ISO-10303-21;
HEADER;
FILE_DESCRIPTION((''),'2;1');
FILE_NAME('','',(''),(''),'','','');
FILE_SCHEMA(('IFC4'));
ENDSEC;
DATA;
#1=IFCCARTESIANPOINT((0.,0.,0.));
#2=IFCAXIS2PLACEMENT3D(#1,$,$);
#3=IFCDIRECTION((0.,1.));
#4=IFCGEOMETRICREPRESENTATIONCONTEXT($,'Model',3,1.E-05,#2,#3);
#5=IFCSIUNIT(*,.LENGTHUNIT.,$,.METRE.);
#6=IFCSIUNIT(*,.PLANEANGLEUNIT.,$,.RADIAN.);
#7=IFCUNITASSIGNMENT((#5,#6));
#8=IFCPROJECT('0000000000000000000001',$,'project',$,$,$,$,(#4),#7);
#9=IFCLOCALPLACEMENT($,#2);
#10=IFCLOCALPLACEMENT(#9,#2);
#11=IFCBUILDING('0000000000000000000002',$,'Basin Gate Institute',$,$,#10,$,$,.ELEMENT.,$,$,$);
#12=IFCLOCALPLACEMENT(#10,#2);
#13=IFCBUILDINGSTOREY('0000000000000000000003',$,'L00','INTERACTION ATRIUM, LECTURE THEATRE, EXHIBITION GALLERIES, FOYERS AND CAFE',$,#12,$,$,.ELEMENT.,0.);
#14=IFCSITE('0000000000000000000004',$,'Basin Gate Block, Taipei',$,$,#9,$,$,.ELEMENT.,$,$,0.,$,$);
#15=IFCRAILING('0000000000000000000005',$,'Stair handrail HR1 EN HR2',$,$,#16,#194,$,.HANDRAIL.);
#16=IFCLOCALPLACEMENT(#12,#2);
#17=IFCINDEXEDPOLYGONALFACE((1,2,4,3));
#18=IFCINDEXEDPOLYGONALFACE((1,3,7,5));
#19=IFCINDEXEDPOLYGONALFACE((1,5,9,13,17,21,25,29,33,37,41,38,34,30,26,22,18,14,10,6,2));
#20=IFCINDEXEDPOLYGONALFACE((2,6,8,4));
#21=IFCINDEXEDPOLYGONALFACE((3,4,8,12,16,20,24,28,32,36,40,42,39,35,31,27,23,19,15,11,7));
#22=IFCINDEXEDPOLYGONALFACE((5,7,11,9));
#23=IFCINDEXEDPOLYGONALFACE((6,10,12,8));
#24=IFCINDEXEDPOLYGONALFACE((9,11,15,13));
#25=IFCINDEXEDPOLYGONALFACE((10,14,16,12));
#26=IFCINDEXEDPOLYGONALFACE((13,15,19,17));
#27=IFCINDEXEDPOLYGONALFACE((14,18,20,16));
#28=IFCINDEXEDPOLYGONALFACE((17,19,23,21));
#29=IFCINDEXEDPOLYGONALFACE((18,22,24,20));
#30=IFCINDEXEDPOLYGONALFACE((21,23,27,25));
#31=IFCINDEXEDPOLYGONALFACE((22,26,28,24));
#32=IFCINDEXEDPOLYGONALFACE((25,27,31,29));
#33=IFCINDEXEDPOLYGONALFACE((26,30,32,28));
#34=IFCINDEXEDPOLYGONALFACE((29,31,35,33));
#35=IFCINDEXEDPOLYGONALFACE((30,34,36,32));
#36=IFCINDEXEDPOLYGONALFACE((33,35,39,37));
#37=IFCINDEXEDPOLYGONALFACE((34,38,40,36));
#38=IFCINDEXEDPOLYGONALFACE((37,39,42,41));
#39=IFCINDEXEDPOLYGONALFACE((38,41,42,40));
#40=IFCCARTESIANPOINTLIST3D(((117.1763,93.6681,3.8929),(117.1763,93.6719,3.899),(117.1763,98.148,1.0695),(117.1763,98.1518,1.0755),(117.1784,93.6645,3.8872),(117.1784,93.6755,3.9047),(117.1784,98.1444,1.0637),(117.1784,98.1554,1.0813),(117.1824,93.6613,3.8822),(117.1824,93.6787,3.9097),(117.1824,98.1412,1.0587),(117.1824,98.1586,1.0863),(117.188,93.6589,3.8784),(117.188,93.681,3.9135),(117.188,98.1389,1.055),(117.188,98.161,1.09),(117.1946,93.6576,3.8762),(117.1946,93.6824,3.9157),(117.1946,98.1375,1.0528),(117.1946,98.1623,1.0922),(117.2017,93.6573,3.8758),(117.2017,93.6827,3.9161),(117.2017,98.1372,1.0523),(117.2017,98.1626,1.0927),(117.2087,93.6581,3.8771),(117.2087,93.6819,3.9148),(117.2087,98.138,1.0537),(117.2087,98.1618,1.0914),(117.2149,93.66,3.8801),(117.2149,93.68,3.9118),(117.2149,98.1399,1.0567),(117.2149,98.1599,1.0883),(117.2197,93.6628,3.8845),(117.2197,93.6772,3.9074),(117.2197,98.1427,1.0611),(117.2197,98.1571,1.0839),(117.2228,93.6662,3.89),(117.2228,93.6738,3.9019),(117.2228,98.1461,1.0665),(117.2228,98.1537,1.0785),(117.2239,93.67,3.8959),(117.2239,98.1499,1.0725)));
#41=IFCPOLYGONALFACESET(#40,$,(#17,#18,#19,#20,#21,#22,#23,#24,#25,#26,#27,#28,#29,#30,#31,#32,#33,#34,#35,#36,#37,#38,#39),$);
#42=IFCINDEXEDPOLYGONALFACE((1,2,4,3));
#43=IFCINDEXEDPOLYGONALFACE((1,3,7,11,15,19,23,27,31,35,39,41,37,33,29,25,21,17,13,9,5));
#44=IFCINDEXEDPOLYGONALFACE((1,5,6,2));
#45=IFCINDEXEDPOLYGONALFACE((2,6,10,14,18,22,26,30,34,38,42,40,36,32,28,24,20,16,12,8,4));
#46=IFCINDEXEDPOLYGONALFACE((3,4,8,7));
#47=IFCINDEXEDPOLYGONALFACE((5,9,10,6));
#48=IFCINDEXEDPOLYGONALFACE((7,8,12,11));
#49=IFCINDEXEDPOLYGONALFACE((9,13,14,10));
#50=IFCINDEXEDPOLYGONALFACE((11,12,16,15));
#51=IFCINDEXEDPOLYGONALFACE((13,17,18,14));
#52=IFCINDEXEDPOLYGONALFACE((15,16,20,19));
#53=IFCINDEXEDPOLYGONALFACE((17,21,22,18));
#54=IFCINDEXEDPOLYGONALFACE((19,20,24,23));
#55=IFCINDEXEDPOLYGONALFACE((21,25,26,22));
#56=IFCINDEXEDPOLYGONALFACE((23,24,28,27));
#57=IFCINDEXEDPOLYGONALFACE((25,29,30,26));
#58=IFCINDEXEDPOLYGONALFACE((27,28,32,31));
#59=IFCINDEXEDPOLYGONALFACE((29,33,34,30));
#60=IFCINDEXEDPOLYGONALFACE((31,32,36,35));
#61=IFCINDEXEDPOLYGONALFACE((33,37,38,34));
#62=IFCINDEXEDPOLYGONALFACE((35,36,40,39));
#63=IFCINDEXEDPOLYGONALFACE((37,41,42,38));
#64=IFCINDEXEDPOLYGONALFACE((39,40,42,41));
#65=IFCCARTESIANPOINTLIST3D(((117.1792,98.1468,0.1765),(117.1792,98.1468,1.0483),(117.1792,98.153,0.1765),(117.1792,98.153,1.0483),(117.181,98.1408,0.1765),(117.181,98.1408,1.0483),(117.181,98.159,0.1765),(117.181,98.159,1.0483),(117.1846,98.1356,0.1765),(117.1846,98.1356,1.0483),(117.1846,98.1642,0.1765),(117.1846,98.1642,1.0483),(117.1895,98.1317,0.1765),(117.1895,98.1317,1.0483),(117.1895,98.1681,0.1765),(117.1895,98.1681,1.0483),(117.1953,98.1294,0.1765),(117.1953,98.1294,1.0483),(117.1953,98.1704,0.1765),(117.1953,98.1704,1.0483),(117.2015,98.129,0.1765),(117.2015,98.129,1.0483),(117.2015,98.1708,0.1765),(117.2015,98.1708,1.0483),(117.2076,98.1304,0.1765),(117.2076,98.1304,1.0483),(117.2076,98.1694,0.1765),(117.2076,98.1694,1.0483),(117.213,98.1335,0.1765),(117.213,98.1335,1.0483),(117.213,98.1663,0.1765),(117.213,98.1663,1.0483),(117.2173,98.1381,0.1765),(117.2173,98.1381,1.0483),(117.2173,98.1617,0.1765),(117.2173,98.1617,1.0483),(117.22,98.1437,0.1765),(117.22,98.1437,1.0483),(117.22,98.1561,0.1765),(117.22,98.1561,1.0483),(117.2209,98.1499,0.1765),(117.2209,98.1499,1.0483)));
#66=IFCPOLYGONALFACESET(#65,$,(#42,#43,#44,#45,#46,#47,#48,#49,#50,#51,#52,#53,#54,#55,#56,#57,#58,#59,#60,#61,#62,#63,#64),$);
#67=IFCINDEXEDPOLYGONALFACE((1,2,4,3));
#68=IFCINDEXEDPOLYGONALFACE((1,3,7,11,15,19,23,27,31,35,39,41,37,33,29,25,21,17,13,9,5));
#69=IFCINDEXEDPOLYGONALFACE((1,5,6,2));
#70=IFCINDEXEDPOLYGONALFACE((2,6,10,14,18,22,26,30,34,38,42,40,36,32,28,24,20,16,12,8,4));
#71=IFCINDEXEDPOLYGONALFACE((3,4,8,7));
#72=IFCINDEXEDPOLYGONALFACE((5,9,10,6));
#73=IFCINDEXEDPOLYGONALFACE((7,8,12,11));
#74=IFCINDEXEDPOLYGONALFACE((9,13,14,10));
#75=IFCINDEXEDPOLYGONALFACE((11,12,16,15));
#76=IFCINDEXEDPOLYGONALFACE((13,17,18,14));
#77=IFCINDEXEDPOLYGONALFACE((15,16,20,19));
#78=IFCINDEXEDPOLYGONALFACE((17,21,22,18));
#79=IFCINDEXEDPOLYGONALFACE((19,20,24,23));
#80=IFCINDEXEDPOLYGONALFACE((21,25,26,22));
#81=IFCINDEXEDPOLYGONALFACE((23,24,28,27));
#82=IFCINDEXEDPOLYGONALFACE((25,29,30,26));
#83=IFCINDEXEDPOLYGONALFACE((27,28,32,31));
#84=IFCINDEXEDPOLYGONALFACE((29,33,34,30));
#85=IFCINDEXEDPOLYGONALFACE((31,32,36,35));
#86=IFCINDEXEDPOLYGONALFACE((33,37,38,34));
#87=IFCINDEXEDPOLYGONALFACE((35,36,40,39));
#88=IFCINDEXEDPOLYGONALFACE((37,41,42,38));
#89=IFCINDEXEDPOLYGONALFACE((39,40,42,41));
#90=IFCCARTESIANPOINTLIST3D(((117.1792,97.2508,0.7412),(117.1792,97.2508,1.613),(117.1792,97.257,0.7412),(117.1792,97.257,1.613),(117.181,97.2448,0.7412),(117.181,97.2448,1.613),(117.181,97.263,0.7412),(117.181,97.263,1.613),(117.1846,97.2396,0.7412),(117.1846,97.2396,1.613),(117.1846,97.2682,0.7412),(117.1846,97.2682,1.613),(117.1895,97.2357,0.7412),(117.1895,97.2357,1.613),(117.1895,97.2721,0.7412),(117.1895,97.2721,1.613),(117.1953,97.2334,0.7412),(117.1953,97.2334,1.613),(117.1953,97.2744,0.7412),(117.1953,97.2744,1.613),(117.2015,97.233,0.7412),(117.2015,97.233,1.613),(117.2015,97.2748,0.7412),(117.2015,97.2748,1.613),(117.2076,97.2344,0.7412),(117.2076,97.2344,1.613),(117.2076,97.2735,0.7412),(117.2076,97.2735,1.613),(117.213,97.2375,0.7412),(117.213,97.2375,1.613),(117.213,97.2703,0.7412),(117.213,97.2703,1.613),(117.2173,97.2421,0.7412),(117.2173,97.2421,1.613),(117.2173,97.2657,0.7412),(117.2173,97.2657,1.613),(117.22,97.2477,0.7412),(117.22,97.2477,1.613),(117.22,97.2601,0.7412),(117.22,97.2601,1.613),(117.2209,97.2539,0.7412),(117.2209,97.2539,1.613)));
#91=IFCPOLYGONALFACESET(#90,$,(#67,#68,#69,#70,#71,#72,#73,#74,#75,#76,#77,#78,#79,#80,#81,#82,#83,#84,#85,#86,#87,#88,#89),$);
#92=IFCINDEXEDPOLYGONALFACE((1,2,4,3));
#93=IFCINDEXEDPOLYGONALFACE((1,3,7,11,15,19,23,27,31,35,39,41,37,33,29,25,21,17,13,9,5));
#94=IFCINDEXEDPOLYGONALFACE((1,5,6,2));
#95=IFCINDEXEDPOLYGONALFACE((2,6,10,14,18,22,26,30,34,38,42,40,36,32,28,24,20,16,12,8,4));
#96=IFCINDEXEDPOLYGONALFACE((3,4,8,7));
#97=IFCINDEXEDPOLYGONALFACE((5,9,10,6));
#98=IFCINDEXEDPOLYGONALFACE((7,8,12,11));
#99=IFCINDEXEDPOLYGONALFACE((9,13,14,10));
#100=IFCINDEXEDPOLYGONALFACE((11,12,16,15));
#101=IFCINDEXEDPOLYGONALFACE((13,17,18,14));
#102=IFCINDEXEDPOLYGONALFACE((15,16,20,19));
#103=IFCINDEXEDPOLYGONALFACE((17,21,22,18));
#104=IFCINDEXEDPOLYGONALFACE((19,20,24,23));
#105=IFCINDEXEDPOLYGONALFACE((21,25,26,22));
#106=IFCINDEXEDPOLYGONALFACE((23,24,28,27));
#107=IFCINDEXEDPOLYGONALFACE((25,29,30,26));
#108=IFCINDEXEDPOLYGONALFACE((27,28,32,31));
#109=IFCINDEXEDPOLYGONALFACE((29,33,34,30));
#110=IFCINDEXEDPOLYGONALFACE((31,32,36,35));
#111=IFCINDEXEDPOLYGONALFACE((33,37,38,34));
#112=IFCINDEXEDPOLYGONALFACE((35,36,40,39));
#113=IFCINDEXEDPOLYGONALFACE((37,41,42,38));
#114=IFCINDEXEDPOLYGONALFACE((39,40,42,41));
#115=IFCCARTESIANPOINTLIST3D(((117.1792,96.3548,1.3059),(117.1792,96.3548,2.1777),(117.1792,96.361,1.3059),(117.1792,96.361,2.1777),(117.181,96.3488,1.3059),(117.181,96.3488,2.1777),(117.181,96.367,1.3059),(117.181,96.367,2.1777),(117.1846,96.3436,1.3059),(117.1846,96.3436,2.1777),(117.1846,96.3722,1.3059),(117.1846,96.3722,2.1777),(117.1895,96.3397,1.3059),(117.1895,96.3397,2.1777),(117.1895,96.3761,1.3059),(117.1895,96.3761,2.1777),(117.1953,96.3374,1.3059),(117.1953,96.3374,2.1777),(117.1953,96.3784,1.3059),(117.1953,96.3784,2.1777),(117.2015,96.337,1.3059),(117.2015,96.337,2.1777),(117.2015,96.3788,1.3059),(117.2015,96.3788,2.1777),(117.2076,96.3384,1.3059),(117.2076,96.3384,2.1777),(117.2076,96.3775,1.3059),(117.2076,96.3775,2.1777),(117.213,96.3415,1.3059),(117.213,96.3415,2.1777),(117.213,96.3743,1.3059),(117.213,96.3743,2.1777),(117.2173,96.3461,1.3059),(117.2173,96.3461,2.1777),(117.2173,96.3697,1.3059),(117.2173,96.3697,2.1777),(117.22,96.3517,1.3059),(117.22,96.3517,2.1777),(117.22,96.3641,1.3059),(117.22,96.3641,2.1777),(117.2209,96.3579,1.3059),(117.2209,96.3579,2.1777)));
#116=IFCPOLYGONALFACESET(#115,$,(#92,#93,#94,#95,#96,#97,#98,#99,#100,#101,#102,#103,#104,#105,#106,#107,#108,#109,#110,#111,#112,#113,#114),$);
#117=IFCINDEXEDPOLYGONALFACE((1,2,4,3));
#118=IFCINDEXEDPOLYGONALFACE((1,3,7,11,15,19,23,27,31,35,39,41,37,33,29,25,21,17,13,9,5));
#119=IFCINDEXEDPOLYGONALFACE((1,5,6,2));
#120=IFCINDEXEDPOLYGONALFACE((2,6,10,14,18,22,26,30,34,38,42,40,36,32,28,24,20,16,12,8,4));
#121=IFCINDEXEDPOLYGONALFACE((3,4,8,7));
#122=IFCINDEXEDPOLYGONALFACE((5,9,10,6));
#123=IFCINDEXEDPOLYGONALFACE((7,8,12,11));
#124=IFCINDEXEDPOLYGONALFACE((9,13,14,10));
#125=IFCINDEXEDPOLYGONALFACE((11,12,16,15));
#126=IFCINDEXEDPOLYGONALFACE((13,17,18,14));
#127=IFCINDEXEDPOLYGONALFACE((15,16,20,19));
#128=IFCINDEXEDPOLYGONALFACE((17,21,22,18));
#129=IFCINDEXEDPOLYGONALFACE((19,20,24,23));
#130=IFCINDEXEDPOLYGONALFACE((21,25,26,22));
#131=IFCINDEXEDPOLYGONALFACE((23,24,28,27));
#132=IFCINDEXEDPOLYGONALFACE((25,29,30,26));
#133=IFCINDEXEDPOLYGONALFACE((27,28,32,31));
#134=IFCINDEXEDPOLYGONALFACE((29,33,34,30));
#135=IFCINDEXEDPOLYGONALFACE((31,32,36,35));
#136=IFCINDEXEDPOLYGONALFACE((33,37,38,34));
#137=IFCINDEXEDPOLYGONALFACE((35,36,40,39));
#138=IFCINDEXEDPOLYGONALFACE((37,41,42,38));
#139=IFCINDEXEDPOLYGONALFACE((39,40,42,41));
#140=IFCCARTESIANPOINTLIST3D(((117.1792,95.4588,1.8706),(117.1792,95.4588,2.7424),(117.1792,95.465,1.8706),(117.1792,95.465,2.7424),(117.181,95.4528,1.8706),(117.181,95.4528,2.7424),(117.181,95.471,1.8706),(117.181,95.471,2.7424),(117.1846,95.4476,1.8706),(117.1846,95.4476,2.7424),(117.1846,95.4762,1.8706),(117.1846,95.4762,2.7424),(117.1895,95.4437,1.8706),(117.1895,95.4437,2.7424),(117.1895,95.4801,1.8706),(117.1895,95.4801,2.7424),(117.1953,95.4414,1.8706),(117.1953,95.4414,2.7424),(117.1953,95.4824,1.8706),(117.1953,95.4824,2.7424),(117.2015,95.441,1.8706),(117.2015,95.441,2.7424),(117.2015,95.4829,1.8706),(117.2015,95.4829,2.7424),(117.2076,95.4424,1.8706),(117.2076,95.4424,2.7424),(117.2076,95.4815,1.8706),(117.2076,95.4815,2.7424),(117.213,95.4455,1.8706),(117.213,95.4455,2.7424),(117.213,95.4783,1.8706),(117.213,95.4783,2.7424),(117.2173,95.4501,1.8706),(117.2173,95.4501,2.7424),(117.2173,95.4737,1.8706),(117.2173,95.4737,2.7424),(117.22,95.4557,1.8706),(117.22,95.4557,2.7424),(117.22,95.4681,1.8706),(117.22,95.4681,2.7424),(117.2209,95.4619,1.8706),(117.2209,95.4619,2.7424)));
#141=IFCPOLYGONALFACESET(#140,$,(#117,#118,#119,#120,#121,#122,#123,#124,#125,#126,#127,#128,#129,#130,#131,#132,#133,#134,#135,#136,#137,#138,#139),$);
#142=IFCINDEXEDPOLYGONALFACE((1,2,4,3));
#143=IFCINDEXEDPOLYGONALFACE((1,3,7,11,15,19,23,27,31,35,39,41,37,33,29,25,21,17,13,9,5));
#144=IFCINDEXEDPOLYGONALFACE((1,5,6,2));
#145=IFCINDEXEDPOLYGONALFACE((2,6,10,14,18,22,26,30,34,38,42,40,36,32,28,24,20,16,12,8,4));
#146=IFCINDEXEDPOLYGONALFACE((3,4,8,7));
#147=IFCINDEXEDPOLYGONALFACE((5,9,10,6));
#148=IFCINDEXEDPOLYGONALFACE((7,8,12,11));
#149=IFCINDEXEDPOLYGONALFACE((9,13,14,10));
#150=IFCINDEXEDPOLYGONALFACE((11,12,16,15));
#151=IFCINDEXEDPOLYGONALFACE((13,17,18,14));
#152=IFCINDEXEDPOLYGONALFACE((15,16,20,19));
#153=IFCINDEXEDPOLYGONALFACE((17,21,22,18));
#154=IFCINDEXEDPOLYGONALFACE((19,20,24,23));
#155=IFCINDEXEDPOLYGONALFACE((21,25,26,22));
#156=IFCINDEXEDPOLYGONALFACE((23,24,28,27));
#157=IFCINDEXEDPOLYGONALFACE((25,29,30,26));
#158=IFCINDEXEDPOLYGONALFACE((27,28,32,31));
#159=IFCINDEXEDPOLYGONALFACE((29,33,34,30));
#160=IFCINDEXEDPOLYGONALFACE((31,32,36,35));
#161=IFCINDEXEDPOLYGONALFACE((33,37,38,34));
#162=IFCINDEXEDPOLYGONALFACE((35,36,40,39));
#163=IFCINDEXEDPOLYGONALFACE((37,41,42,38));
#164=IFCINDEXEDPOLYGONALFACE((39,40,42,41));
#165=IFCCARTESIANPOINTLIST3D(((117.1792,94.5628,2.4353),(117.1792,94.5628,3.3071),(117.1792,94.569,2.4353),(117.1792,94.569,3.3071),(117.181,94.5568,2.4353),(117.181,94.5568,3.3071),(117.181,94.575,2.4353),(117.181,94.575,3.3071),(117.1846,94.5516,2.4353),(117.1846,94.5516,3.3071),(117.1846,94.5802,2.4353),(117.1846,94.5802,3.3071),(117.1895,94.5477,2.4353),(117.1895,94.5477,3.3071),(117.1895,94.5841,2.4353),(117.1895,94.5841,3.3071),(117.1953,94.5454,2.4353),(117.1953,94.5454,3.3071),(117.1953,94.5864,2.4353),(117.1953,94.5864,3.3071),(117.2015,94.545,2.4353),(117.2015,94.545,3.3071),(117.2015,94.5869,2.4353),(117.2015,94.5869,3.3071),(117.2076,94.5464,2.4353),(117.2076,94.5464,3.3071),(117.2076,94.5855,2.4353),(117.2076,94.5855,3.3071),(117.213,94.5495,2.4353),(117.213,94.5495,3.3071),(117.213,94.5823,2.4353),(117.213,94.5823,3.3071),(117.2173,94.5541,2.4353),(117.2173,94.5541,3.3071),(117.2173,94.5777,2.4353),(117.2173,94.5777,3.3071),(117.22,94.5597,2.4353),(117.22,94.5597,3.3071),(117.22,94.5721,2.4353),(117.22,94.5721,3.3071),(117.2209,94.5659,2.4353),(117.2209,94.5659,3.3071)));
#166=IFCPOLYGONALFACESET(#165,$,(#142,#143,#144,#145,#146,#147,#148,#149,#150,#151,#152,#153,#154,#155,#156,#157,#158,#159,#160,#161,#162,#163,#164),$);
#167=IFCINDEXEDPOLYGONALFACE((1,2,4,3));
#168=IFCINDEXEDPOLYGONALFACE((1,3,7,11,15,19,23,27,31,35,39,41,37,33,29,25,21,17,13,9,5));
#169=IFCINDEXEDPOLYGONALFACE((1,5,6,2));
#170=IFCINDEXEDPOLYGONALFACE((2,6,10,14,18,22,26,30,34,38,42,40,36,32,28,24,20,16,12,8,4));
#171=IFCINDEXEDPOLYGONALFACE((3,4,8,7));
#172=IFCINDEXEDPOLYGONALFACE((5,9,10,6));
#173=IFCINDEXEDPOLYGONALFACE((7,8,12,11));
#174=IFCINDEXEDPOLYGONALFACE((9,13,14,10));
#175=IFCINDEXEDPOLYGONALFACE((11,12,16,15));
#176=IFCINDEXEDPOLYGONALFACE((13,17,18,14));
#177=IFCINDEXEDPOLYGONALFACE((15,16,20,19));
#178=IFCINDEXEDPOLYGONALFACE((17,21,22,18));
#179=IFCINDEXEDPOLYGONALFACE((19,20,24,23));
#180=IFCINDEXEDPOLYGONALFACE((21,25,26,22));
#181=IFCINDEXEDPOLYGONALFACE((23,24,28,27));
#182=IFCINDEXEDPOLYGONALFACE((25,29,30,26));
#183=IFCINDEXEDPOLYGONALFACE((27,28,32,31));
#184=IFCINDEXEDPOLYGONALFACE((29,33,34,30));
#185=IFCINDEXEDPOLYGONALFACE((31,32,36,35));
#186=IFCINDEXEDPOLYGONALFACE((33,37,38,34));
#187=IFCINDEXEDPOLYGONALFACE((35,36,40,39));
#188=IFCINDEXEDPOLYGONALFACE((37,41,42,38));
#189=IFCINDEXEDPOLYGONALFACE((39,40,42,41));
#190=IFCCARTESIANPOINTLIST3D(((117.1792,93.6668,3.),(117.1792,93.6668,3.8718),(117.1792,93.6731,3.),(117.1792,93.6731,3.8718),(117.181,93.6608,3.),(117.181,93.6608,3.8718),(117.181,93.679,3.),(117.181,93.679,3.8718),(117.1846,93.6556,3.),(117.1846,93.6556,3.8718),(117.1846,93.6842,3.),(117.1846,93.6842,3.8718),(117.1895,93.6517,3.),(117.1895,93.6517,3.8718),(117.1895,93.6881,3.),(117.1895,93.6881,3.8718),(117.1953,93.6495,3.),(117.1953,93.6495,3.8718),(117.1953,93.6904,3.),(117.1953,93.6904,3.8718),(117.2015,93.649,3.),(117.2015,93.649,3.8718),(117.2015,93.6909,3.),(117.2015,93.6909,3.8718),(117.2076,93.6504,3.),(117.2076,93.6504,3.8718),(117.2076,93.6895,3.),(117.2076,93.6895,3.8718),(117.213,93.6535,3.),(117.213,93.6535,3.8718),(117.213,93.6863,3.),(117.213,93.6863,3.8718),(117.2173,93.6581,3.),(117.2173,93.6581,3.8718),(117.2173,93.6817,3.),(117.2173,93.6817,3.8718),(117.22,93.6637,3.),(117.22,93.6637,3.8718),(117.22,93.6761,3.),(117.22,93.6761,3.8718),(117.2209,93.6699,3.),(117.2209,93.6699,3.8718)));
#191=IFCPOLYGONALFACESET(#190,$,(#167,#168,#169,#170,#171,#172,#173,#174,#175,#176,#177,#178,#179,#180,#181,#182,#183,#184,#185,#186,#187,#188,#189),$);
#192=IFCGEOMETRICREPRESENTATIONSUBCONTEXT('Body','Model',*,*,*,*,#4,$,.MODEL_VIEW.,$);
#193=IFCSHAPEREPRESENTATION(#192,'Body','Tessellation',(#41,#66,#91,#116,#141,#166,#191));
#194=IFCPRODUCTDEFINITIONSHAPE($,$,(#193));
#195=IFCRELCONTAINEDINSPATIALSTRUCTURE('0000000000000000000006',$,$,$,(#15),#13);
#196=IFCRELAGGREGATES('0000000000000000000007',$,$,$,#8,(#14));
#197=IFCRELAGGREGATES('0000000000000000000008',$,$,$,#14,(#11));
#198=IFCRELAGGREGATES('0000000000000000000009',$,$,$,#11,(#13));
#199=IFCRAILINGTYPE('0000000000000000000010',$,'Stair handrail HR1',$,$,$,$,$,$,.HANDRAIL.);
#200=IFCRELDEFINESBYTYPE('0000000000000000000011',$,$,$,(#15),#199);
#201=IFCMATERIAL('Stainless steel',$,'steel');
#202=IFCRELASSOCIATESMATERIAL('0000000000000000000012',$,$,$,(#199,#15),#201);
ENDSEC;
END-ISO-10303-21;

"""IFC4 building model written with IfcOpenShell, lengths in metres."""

from ifc_helpers import new_model, si_unit, direction, frame, origin, origin_2d, place, context, subcontext, project, spatial, circle, extrude, material, type_object, element, save


model = new_model("IFC4")

# Units and contexts
model_context = context("Model", 3, precision=1e-05, world=origin(), true_north=direction((0.0, 1.0)))
body_context = subcontext(model_context, "Body", "Model", "MODEL_VIEW")
ifc_project = project(units=[si_unit("LENGTHUNIT", "METRE"), si_unit("PLANEANGLEUNIT", "RADIAN")], contexts=[model_context])

# Site, building, storey
site_placement = place(None, origin())
site = spatial("IfcSite", under=ifc_project, at=site_placement, Name="Basin Gate Block, Taipei", CompositionType="ELEMENT", RefElevation=0.0)
building_placement = place(site_placement, origin())
building = spatial("IfcBuilding", under=site, at=building_placement, Name="Basin Gate Institute", CompositionType="ELEMENT")
storey_placement = place(building_placement, origin())
storey = spatial("IfcBuildingStorey", under=building, at=storey_placement, Name="L00", Description="INTERACTION ATRIUM, LECTURE THEATRE, EXHIBITION GALLERIES, FOYERS AND CAFE", CompositionType="ELEMENT", Elevation=0.0)

# Railing
ifc_material_1 = material(Name="Stainless steel", Category="steel")
railing_type_1 = type_object("IfcRailingType", Name="Stair handrail HR1", PredefinedType="HANDRAIL", material=ifc_material_1)
for number, where, name in (
    (1, (117.2, 98.1499, 0.1765), "Stair handrail HR1 EN HR2"),
):
    element("IfcRailing", number, at=place(storey_placement, frame(where)), inside=storey, type_object=railing_type_1, material=ifc_material_1, Name=name, PredefinedType="HANDRAIL", context=body_context, shape_type="SweptSolid", body=[
        extrude(circle(Radius=0.0239, at=origin_2d()), frame((0.0, 0.0, 0.896), z_axis=(0.0, -0.845998, 0.533186), x_axis=(1.0, 0.0, 0.0)), (0.0, 0.0, 1.0), 5.2954),
        extrude(circle(Radius=0.021, at=origin_2d()), origin(), (0.0, 0.0, 1.0), 0.8718),
        extrude(circle(Radius=0.021, at=origin_2d()), frame((0.0, -0.896, 0.5647)), (0.0, 0.0, 1.0), 0.8718),
        extrude(circle(Radius=0.021, at=origin_2d()), frame((0.0, -1.792, 1.1294)), (0.0, 0.0, 1.0), 0.8718),
        extrude(circle(Radius=0.021, at=origin_2d()), frame((0.0, -2.688, 1.6941)), (0.0, 0.0, 1.0), 0.8718),
        extrude(circle(Radius=0.021, at=origin_2d()), frame((0.0, -3.584, 2.2588)), (0.0, 0.0, 1.0), 0.8718),
        extrude(circle(Radius=0.021, at=origin_2d()), frame((0.0, -4.48, 2.8235)), (0.0, 0.0, 1.0), 0.8718),
    ])

save(model, "model.ifc")
